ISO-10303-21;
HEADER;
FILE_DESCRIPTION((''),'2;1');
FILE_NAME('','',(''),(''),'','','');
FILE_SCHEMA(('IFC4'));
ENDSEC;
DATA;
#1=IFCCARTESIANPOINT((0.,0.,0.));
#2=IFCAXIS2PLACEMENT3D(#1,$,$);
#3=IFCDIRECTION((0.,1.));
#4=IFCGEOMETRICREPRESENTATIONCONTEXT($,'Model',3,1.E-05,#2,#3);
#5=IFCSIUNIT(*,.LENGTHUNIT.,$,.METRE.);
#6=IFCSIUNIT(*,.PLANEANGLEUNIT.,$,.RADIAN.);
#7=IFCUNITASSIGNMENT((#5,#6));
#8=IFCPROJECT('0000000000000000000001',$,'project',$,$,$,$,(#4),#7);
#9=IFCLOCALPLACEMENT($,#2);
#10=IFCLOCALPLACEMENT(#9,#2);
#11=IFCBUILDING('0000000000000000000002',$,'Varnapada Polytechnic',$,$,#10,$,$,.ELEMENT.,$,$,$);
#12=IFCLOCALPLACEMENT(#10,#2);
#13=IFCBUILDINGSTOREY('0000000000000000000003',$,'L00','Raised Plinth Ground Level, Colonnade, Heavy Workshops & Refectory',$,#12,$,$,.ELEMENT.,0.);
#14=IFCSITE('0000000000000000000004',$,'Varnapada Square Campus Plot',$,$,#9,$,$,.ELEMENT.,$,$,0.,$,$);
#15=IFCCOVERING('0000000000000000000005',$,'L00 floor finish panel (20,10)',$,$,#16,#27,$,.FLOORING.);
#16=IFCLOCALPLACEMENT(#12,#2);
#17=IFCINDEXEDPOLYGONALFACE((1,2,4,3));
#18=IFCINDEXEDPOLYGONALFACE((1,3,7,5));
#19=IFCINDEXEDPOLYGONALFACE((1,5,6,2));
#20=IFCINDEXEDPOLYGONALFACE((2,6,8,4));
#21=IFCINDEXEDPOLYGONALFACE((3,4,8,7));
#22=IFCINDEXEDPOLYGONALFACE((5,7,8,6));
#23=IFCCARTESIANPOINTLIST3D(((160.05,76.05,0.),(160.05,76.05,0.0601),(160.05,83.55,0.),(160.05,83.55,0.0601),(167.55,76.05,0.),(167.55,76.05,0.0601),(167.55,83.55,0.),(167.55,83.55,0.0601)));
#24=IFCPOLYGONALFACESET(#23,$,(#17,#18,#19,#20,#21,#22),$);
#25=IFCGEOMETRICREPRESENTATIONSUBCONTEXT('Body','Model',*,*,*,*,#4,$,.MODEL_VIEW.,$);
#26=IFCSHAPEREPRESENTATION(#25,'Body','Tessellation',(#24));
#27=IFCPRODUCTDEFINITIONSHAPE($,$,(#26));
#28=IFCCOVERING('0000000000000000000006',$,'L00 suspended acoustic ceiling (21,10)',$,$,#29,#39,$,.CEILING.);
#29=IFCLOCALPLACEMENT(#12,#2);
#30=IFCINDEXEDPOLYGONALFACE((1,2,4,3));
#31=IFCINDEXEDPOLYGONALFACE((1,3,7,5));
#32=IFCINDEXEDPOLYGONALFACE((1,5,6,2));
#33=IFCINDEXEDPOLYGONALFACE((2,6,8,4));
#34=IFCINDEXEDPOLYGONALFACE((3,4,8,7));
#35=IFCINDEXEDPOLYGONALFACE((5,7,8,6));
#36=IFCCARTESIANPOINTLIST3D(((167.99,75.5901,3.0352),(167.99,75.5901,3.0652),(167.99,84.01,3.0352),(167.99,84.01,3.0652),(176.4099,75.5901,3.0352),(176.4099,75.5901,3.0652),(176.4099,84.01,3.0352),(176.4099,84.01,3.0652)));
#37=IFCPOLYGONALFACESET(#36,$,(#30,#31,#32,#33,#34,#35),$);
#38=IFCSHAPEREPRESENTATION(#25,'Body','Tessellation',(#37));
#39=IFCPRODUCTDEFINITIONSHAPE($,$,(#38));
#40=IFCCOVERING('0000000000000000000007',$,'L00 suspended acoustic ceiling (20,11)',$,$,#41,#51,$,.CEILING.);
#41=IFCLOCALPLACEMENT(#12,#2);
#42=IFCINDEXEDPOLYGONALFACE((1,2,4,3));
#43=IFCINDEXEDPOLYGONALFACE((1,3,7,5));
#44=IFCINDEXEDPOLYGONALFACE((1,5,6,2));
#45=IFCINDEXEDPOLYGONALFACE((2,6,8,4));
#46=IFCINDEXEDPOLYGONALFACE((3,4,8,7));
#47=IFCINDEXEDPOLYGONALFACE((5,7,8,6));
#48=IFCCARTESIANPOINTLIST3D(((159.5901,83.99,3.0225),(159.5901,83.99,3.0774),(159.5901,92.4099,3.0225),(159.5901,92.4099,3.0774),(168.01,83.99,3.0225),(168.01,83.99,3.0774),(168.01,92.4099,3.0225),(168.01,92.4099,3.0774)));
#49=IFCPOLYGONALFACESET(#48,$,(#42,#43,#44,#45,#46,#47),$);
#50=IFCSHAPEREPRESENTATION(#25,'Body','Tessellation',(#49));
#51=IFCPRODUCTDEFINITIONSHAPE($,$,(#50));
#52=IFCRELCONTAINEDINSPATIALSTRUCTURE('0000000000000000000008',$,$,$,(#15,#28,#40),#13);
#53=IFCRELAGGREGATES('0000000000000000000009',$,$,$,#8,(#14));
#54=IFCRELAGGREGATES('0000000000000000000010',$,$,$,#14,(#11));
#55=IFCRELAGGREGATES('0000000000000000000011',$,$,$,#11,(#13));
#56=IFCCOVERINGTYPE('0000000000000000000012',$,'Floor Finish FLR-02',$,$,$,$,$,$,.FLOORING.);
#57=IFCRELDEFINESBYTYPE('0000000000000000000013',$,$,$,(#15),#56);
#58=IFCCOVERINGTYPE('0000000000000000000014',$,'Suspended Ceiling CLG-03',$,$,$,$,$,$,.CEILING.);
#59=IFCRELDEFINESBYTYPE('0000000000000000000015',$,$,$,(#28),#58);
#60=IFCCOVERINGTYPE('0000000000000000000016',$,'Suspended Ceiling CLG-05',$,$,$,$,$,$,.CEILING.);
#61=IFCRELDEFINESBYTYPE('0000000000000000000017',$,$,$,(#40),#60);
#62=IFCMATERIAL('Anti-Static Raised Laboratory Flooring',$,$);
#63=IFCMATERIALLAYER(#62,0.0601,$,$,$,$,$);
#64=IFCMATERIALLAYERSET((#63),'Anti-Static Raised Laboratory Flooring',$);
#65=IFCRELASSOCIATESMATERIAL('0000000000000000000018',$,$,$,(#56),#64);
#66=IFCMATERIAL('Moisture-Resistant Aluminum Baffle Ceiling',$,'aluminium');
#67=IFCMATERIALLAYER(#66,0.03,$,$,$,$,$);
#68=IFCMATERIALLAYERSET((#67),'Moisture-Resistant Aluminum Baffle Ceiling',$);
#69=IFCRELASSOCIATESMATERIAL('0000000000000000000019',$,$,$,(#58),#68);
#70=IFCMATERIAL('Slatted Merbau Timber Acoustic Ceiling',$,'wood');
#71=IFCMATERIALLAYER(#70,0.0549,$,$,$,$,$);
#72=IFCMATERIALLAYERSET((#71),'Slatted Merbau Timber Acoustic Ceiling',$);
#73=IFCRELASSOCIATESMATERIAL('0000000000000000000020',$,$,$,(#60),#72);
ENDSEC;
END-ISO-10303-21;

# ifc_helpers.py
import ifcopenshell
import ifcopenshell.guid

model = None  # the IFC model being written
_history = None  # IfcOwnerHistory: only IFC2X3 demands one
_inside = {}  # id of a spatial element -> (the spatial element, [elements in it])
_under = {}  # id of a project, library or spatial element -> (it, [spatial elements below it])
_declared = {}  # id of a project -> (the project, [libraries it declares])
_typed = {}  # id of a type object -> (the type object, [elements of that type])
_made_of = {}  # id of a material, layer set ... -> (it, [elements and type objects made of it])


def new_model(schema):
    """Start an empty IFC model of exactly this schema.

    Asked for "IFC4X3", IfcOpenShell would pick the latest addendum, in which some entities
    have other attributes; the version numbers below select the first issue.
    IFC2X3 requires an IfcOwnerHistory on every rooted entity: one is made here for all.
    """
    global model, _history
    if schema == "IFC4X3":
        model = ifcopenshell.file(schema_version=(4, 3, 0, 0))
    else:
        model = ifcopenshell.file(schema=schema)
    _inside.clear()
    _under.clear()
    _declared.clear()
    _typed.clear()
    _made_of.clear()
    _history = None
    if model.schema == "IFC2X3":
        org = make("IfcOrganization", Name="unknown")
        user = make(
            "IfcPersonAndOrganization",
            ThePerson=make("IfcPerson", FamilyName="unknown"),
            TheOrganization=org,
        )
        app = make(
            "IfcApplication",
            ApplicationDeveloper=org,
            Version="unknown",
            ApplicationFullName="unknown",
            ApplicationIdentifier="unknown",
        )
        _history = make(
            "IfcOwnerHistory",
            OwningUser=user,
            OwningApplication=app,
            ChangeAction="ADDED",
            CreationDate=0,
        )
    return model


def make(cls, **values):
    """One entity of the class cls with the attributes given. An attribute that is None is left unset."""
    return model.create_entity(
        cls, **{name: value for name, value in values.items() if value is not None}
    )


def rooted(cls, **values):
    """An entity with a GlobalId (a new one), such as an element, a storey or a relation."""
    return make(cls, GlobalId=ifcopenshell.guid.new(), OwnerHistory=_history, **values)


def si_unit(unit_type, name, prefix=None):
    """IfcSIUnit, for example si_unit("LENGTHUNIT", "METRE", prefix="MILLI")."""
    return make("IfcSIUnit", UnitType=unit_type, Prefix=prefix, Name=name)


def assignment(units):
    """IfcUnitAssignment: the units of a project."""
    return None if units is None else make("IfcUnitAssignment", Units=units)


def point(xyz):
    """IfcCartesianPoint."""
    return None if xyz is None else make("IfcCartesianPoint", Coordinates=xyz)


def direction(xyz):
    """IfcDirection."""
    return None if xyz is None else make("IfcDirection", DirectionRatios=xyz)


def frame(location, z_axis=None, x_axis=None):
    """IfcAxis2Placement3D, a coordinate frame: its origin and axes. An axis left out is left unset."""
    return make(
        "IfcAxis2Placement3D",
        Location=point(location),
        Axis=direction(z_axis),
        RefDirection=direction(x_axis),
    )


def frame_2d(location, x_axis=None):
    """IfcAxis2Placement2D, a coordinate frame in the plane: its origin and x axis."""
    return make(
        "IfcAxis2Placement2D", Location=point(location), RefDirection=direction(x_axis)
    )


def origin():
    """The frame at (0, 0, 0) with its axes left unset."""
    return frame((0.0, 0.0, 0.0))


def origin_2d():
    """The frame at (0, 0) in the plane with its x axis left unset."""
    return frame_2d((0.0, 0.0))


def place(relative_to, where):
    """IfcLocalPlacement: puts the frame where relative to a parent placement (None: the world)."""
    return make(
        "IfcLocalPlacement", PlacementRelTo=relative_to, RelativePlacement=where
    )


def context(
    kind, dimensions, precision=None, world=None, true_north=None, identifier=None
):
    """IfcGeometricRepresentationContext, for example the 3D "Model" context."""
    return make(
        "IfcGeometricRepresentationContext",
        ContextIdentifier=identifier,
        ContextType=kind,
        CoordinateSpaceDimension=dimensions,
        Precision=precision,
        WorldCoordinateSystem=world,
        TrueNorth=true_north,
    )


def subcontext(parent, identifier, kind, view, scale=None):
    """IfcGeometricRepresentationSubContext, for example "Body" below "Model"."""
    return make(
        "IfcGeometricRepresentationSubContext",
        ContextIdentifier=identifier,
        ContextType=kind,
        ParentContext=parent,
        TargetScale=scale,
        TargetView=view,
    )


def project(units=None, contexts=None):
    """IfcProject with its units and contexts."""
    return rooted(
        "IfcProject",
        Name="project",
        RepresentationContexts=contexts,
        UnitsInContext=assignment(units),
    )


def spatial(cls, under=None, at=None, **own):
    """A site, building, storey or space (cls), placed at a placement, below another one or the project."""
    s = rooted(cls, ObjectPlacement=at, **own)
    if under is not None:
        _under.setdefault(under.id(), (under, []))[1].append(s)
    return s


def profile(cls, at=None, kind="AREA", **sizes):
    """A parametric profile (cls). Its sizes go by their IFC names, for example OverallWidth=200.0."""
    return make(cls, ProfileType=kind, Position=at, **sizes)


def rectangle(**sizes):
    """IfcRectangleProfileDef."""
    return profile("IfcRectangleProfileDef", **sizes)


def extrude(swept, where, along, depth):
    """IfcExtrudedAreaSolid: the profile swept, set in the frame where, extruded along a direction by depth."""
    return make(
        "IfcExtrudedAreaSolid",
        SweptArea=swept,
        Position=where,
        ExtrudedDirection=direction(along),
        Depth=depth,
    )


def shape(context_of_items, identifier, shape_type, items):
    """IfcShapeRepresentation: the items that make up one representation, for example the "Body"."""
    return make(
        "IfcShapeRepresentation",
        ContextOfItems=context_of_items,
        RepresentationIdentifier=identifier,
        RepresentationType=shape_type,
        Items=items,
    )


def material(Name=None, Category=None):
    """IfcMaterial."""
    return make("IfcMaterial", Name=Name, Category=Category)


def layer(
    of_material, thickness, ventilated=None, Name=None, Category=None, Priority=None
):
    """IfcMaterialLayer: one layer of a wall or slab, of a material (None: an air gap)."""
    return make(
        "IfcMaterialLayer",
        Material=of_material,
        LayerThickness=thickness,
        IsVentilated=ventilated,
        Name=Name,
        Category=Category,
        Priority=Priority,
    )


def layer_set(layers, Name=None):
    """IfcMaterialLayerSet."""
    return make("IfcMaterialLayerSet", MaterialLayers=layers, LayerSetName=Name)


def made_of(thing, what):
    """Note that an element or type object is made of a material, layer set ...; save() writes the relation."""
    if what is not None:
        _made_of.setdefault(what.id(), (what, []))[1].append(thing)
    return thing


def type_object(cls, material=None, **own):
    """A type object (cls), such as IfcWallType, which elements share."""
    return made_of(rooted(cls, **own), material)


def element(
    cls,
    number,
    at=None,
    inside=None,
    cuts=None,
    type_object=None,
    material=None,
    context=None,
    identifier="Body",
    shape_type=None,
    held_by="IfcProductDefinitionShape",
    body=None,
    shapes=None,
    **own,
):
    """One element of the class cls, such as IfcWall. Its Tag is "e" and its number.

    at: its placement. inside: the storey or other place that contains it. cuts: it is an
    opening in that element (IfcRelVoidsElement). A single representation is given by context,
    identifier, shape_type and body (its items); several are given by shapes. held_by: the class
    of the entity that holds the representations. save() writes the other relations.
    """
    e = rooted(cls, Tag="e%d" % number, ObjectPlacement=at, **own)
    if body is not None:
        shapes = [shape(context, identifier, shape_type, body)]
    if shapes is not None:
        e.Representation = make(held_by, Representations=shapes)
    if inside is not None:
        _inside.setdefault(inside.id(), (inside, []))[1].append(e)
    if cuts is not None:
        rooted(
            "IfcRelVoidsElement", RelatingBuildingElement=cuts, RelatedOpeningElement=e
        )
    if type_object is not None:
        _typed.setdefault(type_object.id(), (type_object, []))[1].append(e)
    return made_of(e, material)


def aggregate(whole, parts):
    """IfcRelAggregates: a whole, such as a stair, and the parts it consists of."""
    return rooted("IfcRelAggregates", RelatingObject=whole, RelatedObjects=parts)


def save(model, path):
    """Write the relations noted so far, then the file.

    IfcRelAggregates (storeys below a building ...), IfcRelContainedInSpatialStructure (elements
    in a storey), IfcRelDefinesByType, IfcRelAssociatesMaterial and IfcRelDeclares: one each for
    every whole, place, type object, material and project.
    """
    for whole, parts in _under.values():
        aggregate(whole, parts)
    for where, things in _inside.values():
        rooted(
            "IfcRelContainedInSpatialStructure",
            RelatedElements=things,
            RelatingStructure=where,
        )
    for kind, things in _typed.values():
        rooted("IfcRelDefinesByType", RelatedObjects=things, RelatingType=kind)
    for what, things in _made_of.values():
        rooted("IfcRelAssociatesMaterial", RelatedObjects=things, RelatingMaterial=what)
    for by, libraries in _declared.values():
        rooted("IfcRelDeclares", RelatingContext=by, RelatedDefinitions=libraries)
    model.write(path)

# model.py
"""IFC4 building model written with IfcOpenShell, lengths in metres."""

from ifc_helpers import new_model, si_unit, direction, frame, origin, origin_2d, place, context, subcontext, project, spatial, rectangle, extrude, material, layer, layer_set, type_object, element, save


model = new_model("IFC4")

# Units and contexts
model_context = context("Model", 3, precision=1e-05, world=origin(), true_north=direction((0.0, 1.0)))
body_context = subcontext(model_context, "Body", "Model", "MODEL_VIEW")
ifc_project = project(units=[si_unit("LENGTHUNIT", "METRE"), si_unit("PLANEANGLEUNIT", "RADIAN")], contexts=[model_context])

# Site, building, storey
site_placement = place(None, origin())
site = spatial("IfcSite", under=ifc_project, at=site_placement, Name="Varnapada Square Campus Plot", CompositionType="ELEMENT", RefElevation=0.0)
building_placement = place(site_placement, origin())
building = spatial("IfcBuilding", under=site, at=building_placement, Name="Varnapada Polytechnic", CompositionType="ELEMENT")
storey_placement = place(building_placement, origin())
storey = spatial("IfcBuildingStorey", under=building, at=storey_placement, Name="L00", Description="Raised Plinth Ground Level, Colonnade, Heavy Workshops & Refectory", CompositionType="ELEMENT", Elevation=0.0)

# Coverings
ifc_material_1 = material(Name="Anti-Static Raised Laboratory Flooring")
ifc_layer_1 = layer(ifc_material_1, 0.0601)
ifc_layer_set_1 = layer_set([ifc_layer_1], Name="Anti-Static Raised Laboratory Flooring")
covering_type_1 = type_object("IfcCoveringType", Name="Floor Finish FLR-02", PredefinedType="FLOORING", material=ifc_layer_set_1)
covering_1_placement = place(storey_placement, frame((163.8, 79.8, 0.0), z_axis=(0.0, 0.0, 1.0), x_axis=(1.0, 0.0, 0.0)))
element("IfcCovering", 1, at=covering_1_placement, inside=storey, type_object=covering_type_1, Name="L00 floor finish panel (20,10)", PredefinedType="FLOORING", context=body_context, shape_type="SweptSolid", body=[
    extrude(rectangle(XDim=7.5, YDim=7.5, at=origin_2d()), origin(), (0.0, 0.0, 1.0), 0.0601),
])
ifc_material_2 = material(Name="Moisture-Resistant Aluminum Baffle Ceiling", Category="aluminium")
ifc_layer_2 = layer(ifc_material_2, 0.03)
ifc_layer_set_2 = layer_set([ifc_layer_2], Name="Moisture-Resistant Aluminum Baffle Ceiling")
covering_type_2 = type_object("IfcCoveringType", Name="Suspended Ceiling CLG-03", PredefinedType="CEILING", material=ifc_layer_set_2)
covering_2_placement = place(storey_placement, frame((172.2, 79.8, 3.0352), z_axis=(0.0, 0.0, 1.0), x_axis=(1.0, 0.0, 0.0)))
element("IfcCovering", 2, at=covering_2_placement, inside=storey, type_object=covering_type_2, Name="L00 suspended acoustic ceiling (21,10)", PredefinedType="CEILING", context=body_context, shape_type="SweptSolid", body=[
    extrude(rectangle(XDim=8.4199, YDim=8.4199, at=origin_2d()), origin(), (0.0, 0.0, 1.0), 0.03),
])
ifc_material_3 = material(Name="Slatted Merbau Timber Acoustic Ceiling", Category="wood")
ifc_layer_3 = layer(ifc_material_3, 0.0549)
ifc_layer_set_3 = layer_set([ifc_layer_3], Name="Slatted Merbau Timber Acoustic Ceiling")
covering_type_3 = type_object("IfcCoveringType", Name="Suspended Ceiling CLG-05", PredefinedType="CEILING", material=ifc_layer_set_3)
covering_3_placement = place(storey_placement, frame((163.8, 88.2, 3.0225), z_axis=(0.0, 0.0, 1.0), x_axis=(1.0, 0.0, 0.0)))
element("IfcCovering", 3, at=covering_3_placement, inside=storey, type_object=covering_type_3, Name="L00 suspended acoustic ceiling (20,11)", PredefinedType="CEILING", context=body_context, shape_type="SweptSolid", body=[
    extrude(rectangle(XDim=8.4199, YDim=8.4199, at=origin_2d()), origin(), (0.0, 0.0, 1.0), 0.0549),
])

save(model, "model.ifc")
